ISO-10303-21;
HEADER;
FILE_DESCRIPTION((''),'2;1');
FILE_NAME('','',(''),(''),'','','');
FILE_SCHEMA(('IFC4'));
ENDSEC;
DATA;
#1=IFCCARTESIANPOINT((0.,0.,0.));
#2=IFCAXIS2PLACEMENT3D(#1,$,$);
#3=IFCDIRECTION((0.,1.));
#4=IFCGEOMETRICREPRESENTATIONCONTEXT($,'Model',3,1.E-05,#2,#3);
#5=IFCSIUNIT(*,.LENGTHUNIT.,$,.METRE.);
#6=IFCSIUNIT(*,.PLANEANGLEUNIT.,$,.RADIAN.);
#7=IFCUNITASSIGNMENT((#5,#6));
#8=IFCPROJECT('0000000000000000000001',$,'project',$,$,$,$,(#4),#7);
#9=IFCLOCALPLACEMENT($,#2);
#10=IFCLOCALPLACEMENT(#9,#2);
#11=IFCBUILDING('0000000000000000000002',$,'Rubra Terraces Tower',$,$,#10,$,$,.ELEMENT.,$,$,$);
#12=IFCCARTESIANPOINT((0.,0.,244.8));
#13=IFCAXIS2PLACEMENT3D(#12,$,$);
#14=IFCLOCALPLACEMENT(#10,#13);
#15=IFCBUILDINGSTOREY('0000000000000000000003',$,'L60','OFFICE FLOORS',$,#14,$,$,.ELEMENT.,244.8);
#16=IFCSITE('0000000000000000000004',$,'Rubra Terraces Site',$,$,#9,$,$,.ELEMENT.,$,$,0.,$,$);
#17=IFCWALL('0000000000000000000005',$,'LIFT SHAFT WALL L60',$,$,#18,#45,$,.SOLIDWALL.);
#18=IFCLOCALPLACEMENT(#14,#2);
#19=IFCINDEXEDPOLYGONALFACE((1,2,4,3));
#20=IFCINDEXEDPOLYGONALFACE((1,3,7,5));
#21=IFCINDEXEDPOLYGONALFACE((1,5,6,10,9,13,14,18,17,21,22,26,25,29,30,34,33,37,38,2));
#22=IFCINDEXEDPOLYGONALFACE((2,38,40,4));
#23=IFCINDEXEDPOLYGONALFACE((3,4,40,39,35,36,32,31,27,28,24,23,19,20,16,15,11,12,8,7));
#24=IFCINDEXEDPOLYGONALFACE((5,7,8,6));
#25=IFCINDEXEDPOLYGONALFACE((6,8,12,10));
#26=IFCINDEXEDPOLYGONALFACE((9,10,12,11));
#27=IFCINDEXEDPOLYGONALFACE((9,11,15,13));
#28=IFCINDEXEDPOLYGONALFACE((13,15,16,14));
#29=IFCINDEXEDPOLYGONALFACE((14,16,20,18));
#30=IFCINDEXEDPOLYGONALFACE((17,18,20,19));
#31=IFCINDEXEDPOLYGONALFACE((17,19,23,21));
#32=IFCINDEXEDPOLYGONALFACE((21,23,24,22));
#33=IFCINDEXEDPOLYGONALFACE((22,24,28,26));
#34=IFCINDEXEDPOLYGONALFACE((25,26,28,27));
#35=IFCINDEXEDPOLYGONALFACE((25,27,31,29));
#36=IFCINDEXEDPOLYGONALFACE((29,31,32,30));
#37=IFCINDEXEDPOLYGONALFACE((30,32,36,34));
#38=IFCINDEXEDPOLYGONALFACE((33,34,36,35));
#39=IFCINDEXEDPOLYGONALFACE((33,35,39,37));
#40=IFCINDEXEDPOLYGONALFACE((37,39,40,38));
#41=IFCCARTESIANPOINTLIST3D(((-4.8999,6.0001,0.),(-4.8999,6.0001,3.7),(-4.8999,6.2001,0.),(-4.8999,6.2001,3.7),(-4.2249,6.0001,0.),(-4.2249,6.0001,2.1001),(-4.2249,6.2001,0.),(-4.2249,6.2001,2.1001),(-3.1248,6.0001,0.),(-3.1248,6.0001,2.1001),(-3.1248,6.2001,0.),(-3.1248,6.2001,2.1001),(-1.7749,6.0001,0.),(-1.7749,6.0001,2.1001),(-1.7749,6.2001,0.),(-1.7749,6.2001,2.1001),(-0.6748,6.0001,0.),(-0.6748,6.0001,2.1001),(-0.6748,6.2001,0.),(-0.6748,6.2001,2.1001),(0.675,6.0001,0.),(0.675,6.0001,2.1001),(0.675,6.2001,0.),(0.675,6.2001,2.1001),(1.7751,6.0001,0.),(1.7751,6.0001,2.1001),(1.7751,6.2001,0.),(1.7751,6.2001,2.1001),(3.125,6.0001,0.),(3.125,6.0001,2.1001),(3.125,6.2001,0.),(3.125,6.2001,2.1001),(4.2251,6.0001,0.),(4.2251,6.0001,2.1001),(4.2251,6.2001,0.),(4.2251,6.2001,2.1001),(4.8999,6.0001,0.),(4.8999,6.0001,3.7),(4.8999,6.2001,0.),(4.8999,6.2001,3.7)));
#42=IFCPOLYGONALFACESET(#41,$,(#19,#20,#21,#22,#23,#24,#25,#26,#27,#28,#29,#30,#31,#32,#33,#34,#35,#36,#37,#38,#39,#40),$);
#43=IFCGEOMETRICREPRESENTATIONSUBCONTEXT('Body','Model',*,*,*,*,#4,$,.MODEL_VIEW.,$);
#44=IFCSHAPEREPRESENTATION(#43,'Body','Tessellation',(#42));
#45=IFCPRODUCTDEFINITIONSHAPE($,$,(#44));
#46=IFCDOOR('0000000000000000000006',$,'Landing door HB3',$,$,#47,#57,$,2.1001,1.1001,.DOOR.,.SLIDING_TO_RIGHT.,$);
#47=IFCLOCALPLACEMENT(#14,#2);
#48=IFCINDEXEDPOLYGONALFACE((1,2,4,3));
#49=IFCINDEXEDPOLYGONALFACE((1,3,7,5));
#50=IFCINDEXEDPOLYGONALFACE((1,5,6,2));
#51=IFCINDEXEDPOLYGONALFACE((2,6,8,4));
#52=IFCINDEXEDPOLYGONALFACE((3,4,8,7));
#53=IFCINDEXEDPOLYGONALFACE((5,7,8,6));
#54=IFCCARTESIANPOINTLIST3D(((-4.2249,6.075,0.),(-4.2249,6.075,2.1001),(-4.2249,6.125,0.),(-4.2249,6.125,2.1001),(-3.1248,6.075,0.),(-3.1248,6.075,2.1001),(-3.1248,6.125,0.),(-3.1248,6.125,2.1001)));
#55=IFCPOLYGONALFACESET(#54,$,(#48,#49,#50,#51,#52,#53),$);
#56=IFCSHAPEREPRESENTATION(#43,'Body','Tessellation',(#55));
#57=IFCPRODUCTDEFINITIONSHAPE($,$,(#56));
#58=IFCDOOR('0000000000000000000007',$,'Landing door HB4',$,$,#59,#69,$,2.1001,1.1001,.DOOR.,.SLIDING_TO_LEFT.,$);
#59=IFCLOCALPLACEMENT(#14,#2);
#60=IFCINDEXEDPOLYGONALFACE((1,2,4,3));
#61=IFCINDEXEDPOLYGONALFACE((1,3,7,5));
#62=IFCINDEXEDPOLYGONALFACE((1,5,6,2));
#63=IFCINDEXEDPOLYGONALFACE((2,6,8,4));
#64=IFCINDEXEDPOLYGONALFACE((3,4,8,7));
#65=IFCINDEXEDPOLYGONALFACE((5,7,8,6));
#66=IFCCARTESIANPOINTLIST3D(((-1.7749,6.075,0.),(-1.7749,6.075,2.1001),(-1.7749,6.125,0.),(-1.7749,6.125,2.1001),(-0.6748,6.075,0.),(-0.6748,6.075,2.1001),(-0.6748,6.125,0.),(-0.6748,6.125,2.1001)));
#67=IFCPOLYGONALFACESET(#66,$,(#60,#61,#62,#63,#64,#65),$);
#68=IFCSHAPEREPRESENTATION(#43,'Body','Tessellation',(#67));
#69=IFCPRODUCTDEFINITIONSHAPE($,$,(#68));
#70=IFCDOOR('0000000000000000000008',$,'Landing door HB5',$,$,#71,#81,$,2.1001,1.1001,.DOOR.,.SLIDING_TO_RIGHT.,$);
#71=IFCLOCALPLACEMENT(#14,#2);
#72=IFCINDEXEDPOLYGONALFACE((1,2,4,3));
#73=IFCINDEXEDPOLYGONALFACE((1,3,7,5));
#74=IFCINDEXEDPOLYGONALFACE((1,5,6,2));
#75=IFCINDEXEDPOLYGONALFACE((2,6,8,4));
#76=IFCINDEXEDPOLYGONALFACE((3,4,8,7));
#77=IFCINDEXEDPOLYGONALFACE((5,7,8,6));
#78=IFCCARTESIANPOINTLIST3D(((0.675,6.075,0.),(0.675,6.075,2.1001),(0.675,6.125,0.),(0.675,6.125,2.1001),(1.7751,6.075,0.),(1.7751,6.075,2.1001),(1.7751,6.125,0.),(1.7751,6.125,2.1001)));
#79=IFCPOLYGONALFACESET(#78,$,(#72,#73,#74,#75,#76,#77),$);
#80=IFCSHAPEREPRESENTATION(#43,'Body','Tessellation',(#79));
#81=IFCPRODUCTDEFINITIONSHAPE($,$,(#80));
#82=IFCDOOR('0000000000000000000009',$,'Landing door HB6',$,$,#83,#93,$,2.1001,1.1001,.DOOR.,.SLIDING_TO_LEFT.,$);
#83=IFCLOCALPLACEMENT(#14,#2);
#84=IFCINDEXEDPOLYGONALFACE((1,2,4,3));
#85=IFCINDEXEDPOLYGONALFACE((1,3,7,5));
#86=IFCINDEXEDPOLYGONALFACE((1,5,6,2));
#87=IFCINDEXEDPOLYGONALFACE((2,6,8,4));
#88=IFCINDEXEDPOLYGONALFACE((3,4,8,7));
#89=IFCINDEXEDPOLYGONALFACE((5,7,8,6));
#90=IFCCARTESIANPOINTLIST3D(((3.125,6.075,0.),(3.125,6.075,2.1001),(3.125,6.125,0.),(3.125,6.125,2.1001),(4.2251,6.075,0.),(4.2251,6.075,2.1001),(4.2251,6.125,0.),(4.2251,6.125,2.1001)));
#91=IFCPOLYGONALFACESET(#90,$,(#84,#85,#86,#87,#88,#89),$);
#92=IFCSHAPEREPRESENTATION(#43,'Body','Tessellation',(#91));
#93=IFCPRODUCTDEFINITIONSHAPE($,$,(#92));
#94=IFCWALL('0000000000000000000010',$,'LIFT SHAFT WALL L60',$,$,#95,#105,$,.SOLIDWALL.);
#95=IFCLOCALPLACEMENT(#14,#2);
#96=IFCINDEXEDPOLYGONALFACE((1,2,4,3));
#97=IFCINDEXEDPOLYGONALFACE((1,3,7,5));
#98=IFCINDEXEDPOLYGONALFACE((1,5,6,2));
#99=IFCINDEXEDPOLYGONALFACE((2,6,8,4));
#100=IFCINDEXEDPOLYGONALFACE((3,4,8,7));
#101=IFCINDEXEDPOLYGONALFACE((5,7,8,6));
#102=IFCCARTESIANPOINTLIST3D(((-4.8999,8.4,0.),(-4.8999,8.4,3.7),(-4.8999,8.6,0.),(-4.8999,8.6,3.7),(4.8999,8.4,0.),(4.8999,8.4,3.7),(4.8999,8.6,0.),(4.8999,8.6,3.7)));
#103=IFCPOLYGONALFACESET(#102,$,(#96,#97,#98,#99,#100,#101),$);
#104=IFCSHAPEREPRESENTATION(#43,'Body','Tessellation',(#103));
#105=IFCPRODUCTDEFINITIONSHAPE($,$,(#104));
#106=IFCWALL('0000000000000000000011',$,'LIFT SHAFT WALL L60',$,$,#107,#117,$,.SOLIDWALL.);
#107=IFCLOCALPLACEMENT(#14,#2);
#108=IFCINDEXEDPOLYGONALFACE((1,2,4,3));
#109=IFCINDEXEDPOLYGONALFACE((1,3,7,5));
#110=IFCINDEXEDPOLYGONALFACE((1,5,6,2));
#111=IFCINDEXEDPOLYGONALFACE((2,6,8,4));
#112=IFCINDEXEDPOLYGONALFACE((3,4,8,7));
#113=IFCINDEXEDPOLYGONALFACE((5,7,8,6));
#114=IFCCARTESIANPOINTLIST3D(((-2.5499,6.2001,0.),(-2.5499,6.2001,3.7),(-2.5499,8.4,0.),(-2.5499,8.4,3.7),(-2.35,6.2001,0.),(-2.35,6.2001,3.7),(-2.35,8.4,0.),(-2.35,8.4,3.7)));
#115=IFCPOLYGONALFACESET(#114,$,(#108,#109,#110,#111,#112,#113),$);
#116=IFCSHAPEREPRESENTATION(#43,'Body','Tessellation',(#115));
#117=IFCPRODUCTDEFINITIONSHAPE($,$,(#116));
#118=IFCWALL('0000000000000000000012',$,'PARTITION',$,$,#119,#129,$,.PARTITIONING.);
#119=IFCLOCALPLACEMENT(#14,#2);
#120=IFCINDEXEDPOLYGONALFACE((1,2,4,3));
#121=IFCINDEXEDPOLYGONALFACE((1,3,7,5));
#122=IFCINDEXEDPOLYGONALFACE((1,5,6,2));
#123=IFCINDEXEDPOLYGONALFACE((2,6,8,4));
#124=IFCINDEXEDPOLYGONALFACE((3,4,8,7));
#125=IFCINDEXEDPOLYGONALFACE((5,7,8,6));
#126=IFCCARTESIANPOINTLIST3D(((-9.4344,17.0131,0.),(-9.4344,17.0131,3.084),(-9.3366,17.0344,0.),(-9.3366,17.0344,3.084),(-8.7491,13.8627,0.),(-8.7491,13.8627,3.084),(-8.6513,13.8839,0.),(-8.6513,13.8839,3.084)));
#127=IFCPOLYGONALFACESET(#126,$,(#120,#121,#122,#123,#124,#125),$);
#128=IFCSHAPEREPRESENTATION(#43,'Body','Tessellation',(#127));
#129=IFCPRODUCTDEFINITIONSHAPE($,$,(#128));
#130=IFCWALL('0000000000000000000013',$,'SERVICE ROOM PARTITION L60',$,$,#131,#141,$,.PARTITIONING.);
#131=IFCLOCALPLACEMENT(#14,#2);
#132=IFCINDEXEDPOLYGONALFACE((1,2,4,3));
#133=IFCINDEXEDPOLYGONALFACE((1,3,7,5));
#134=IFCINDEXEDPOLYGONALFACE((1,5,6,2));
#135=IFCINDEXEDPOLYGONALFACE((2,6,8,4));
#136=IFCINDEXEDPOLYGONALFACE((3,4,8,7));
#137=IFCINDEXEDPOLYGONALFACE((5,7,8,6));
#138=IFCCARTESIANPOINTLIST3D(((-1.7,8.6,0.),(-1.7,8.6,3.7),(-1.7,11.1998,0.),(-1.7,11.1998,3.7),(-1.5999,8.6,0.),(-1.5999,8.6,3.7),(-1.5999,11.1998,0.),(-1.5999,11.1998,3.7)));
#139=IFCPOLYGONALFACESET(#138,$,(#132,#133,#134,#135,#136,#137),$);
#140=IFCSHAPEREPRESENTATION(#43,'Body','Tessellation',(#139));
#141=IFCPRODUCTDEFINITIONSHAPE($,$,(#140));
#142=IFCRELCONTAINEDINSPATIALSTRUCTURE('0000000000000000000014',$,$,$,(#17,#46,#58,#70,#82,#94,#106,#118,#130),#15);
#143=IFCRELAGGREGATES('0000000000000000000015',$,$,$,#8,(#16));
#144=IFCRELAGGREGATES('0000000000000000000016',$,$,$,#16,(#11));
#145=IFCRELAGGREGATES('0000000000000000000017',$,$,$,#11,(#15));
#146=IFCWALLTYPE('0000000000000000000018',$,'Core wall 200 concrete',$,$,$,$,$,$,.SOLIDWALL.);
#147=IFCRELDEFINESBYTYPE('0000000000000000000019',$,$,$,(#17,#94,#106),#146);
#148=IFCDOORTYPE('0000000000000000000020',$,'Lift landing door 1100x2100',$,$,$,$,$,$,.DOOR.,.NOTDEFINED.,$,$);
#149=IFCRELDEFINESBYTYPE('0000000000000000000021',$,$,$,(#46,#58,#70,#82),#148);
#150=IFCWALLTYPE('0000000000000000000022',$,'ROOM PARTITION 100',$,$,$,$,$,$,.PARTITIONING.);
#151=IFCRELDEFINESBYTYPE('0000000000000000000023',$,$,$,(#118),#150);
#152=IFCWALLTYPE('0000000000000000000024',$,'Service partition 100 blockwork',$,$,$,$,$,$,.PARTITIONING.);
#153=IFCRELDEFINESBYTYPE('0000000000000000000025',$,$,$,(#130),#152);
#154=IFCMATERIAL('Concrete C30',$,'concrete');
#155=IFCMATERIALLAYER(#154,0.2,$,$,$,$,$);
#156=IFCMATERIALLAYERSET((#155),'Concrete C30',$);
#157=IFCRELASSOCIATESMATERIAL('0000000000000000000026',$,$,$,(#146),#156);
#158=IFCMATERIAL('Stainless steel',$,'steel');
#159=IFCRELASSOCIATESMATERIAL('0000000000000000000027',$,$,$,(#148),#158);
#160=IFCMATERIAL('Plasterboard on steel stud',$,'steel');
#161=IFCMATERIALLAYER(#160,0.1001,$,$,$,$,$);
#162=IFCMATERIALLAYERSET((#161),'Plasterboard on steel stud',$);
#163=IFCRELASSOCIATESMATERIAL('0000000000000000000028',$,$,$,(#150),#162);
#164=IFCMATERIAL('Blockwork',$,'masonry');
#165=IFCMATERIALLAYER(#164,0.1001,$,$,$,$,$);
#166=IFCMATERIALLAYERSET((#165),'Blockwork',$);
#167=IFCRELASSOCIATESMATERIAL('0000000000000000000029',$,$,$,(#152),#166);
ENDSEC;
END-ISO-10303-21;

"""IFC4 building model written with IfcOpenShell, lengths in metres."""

from ifc_helpers import new_model, si_unit, direction, frame, frame_2d, origin, place, context, subcontext, project, spatial, rectangle, extrude, material, layer, layer_set, type_object, element, fill, save


model = new_model("IFC4")

# Units and contexts
model_context = context("Model", 3, precision=1e-05, world=origin(), true_north=direction((0.0, 1.0)))
body_context = subcontext(model_context, "Body", "Model", "MODEL_VIEW")
ifc_project = project(units=[si_unit("LENGTHUNIT", "METRE"), si_unit("PLANEANGLEUNIT", "RADIAN")], contexts=[model_context])

# Site, building, storey
site_placement = place(None, origin())
site = spatial("IfcSite", under=ifc_project, at=site_placement, Name="Rubra Terraces Site", CompositionType="ELEMENT", RefElevation=0.0)
building_placement = place(site_placement, origin())
building = spatial("IfcBuilding", under=site, at=building_placement, Name="Rubra Terraces Tower", CompositionType="ELEMENT")
storey_placement = place(building_placement, frame((0.0, 0.0, 244.8)))
storey = spatial("IfcBuildingStorey", under=building, at=storey_placement, Name="L60", Description="OFFICE FLOORS", CompositionType="ELEMENT", Elevation=244.8)

# Shared definitions
ifc_material_1 = material(Name="Concrete C30", Category="concrete")
ifc_layer_1 = layer(ifc_material_1, 0.2)
ifc_layer_set_1 = layer_set([ifc_layer_1], Name="Concrete C30")
wall_type_1 = type_object("IfcWallType", Name="Core wall 200 concrete", PredefinedType="SOLIDWALL", material=ifc_layer_set_1)

# Wall, openings, doors
ifc_material_2 = material(Name="Stainless steel", Category="steel")
door_type_1 = type_object("IfcDoorType", Name="Lift landing door 1100x2100", OperationType="NOTDEFINED", PredefinedType="DOOR", material=ifc_material_2)
wall_1_placement = place(storey_placement, frame((-4.8999, 6.1001, 0.0), z_axis=(0.0, 0.0, 1.0), x_axis=(1.0, 0.0, 0.0)))
wall_1 = element("IfcWall", 1, at=wall_1_placement, inside=storey, type_object=wall_type_1, Name="LIFT SHAFT WALL L60", PredefinedType="SOLIDWALL", context=body_context, shape_type="SweptSolid", body=[
    extrude(rectangle(XDim=9.7998, YDim=0.2, at=frame_2d((4.8999, 0.0))), origin(), (0.0, 0.0, 1.0), 3.7),
])
opening_1_placement = place(wall_1_placement, frame((0.675, 0.0, 0.0)))
opening_1 = element("IfcOpeningElement", 2, at=opening_1_placement, cuts=wall_1, PredefinedType="OPENING", context=body_context, shape_type="SweptSolid", body=[
    extrude(rectangle(XDim=1.1001, YDim=2.1001, at=frame_2d((0.55, 1.05))), frame((0.0, 0.1099, 0.0), z_axis=(0.0, -1.0, 0.0), x_axis=(1.0, 0.0, 0.0)), (0.0, 0.0, 1.0), 0.22),
])
opening_2_placement = place(wall_1_placement, frame((3.125, 0.0, 0.0)))
opening_2 = element("IfcOpeningElement", 3, at=opening_2_placement, cuts=wall_1, PredefinedType="OPENING", context=body_context, shape_type="SweptSolid", body=[
    extrude(rectangle(XDim=1.1001, YDim=2.1001, at=frame_2d((0.55, 1.05))), frame((0.0, 0.1099, 0.0), z_axis=(0.0, -1.0, 0.0), x_axis=(1.0, 0.0, 0.0)), (0.0, 0.0, 1.0), 0.22),
])
opening_3_placement = place(wall_1_placement, frame((5.575, 0.0, 0.0)))
opening_3 = element("IfcOpeningElement", 4, at=opening_3_placement, cuts=wall_1, PredefinedType="OPENING", context=body_context, shape_type="SweptSolid", body=[
    extrude(rectangle(XDim=1.1001, YDim=2.1001, at=frame_2d((0.55, 1.05))), frame((0.0, 0.1099, 0.0), z_axis=(0.0, -1.0, 0.0), x_axis=(1.0, 0.0, 0.0)), (0.0, 0.0, 1.0), 0.22),
])
opening_4_placement = place(wall_1_placement, frame((8.0249, 0.0, 0.0)))
opening_4 = element("IfcOpeningElement", 5, at=opening_4_placement, cuts=wall_1, PredefinedType="OPENING", context=body_context, shape_type="SweptSolid", body=[
    extrude(rectangle(XDim=1.1001, YDim=2.1001, at=frame_2d((0.55, 1.05))), frame((0.0, 0.1099, 0.0), z_axis=(0.0, -1.0, 0.0), x_axis=(1.0, 0.0, 0.0)), (0.0, 0.0, 1.0), 0.22),
])
door_1_placement = place(opening_1_placement, origin())
door_1 = element("IfcDoor", 6, at=door_1_placement, inside=storey, type_object=door_type_1, Name="Landing door HB3", OperationType="SLIDING_TO_RIGHT", OverallHeight=2.1001, OverallWidth=1.1001, PredefinedType="DOOR", context=body_context, shape_type="SweptSolid", body=[
    extrude(rectangle(XDim=1.1001, YDim=2.1001, at=frame_2d((0.55, 1.05))), frame((0.0, 0.0249, 0.0), z_axis=(0.0, -1.0, 0.0), x_axis=(1.0, 0.0, 0.0)), (0.0, 0.0, 1.0), 0.05),
])
fill(opening_1, door_1)
door_2_placement = place(opening_2_placement, origin())
door_2 = element("IfcDoor", 7, at=door_2_placement, inside=storey, type_object=door_type_1, Name="Landing door HB4", OperationType="SLIDING_TO_LEFT", OverallHeight=2.1001, OverallWidth=1.1001, PredefinedType="DOOR", context=body_context, shape_type="SweptSolid", body=[
    extrude(rectangle(XDim=1.1001, YDim=2.1001, at=frame_2d((0.55, 1.05))), frame((0.0, 0.0249, 0.0), z_axis=(0.0, -1.0, 0.0), x_axis=(1.0, 0.0, 0.0)), (0.0, 0.0, 1.0), 0.05),
])
fill(opening_2, door_2)
door_3_placement = place(opening_3_placement, origin())
door_3 = element("IfcDoor", 8, at=door_3_placement, inside=storey, type_object=door_type_1, Name="Landing door HB5", OperationType="SLIDING_TO_RIGHT", OverallHeight=2.1001, OverallWidth=1.1001, PredefinedType="DOOR", context=body_context, shape_type="SweptSolid", body=[
    extrude(rectangle(XDim=1.1001, YDim=2.1001, at=frame_2d((0.55, 1.05))), frame((0.0, 0.0249, 0.0), z_axis=(0.0, -1.0, 0.0), x_axis=(1.0, 0.0, 0.0)), (0.0, 0.0, 1.0), 0.05),
])
fill(opening_3, door_3)
door_4_placement = place(opening_4_placement, origin())
door_4 = element("IfcDoor", 9, at=door_4_placement, inside=storey, type_object=door_type_1, Name="Landing door HB6", OperationType="SLIDING_TO_LEFT", OverallHeight=2.1001, OverallWidth=1.1001, PredefinedType="DOOR", context=body_context, shape_type="SweptSolid", body=[
    extrude(rectangle(XDim=1.1001, YDim=2.1001, at=frame_2d((0.55, 1.05))), frame((0.0, 0.0249, 0.0), z_axis=(0.0, -1.0, 0.0), x_axis=(1.0, 0.0, 0.0)), (0.0, 0.0, 1.0), 0.05),
])
fill(opening_4, door_4)

# Walls
wall_2_placement = place(storey_placement, frame((-4.8999, 8.5, 0.0), z_axis=(0.0, 0.0, 1.0), x_axis=(1.0, 0.0, 0.0)))
element("IfcWall", 10, at=wall_2_placement, inside=storey, type_object=wall_type_1, Name="LIFT SHAFT WALL L60", PredefinedType="SOLIDWALL", context=body_context, shape_type="SweptSolid", body=[
    extrude(rectangle(XDim=9.7998, YDim=0.2, at=frame_2d((4.8999, 0.0))), origin(), (0.0, 0.0, 1.0), 3.7),
])
wall_3_placement = place(storey_placement, frame((-2.45, 6.2, 0.0), z_axis=(0.0, 0.0, 1.0), x_axis=(0.0, 1.0, 0.0)))
element("IfcWall", 11, at=wall_3_placement, inside=storey, type_object=wall_type_1, Name="LIFT SHAFT WALL L60", PredefinedType="SOLIDWALL", context=body_context, shape_type="SweptSolid", body=[
    extrude(rectangle(XDim=2.2, YDim=0.2, at=frame_2d((1.1001, 0.0))), origin(), (0.0, 0.0, 1.0), 3.7),
])
ifc_material_3 = material(Name="Plasterboard on steel stud", Category="steel")
ifc_layer_2 = layer(ifc_material_3, 0.1001)
ifc_layer_set_2 = layer_set([ifc_layer_2], Name="Plasterboard on steel stud")
wall_type_2 = type_object("IfcWallType", Name="ROOM PARTITION 100", PredefinedType="PARTITIONING", material=ifc_layer_set_2)
wall_4_placement = place(storey_placement, frame((-8.7002, 13.8733, 0.0), z_axis=(0.0, 0.0, 1.0), x_axis=(-0.212559, 0.977148, 0.0)))
element("IfcWall", 12, at=wall_4_placement, inside=storey, type_object=wall_type_2, Name="PARTITION", PredefinedType="PARTITIONING", context=body_context, shape_type="SweptSolid", body=[
    extrude(rectangle(XDim=3.2241, YDim=0.1001, at=frame_2d((1.6121, 0.0))), origin(), (0.0, 0.0, 1.0), 3.084),
])
ifc_material_4 = material(Name="Blockwork", Category="masonry")
ifc_layer_3 = layer(ifc_material_4, 0.1001)
ifc_layer_set_3 = layer_set([ifc_layer_3], Name="Blockwork")
wall_type_3 = type_object("IfcWallType", Name="Service partition 100 blockwork", PredefinedType="PARTITIONING", material=ifc_layer_set_3)
wall_5_placement = place(storey_placement, frame((-1.6499, 8.6001, 0.0), z_axis=(0.0, 0.0, 1.0), x_axis=(0.0, 1.0, 0.0)))
element("IfcWall", 13, at=wall_5_placement, inside=storey, type_object=wall_type_3, Name="SERVICE ROOM PARTITION L60", PredefinedType="PARTITIONING", context=body_context, shape_type="SweptSolid", body=[
    extrude(rectangle(XDim=2.5999, YDim=0.1001, at=frame_2d((1.2998, 0.0))), origin(), (0.0, 0.0, 1.0), 3.7),
])

save(model, "model.ifc")
